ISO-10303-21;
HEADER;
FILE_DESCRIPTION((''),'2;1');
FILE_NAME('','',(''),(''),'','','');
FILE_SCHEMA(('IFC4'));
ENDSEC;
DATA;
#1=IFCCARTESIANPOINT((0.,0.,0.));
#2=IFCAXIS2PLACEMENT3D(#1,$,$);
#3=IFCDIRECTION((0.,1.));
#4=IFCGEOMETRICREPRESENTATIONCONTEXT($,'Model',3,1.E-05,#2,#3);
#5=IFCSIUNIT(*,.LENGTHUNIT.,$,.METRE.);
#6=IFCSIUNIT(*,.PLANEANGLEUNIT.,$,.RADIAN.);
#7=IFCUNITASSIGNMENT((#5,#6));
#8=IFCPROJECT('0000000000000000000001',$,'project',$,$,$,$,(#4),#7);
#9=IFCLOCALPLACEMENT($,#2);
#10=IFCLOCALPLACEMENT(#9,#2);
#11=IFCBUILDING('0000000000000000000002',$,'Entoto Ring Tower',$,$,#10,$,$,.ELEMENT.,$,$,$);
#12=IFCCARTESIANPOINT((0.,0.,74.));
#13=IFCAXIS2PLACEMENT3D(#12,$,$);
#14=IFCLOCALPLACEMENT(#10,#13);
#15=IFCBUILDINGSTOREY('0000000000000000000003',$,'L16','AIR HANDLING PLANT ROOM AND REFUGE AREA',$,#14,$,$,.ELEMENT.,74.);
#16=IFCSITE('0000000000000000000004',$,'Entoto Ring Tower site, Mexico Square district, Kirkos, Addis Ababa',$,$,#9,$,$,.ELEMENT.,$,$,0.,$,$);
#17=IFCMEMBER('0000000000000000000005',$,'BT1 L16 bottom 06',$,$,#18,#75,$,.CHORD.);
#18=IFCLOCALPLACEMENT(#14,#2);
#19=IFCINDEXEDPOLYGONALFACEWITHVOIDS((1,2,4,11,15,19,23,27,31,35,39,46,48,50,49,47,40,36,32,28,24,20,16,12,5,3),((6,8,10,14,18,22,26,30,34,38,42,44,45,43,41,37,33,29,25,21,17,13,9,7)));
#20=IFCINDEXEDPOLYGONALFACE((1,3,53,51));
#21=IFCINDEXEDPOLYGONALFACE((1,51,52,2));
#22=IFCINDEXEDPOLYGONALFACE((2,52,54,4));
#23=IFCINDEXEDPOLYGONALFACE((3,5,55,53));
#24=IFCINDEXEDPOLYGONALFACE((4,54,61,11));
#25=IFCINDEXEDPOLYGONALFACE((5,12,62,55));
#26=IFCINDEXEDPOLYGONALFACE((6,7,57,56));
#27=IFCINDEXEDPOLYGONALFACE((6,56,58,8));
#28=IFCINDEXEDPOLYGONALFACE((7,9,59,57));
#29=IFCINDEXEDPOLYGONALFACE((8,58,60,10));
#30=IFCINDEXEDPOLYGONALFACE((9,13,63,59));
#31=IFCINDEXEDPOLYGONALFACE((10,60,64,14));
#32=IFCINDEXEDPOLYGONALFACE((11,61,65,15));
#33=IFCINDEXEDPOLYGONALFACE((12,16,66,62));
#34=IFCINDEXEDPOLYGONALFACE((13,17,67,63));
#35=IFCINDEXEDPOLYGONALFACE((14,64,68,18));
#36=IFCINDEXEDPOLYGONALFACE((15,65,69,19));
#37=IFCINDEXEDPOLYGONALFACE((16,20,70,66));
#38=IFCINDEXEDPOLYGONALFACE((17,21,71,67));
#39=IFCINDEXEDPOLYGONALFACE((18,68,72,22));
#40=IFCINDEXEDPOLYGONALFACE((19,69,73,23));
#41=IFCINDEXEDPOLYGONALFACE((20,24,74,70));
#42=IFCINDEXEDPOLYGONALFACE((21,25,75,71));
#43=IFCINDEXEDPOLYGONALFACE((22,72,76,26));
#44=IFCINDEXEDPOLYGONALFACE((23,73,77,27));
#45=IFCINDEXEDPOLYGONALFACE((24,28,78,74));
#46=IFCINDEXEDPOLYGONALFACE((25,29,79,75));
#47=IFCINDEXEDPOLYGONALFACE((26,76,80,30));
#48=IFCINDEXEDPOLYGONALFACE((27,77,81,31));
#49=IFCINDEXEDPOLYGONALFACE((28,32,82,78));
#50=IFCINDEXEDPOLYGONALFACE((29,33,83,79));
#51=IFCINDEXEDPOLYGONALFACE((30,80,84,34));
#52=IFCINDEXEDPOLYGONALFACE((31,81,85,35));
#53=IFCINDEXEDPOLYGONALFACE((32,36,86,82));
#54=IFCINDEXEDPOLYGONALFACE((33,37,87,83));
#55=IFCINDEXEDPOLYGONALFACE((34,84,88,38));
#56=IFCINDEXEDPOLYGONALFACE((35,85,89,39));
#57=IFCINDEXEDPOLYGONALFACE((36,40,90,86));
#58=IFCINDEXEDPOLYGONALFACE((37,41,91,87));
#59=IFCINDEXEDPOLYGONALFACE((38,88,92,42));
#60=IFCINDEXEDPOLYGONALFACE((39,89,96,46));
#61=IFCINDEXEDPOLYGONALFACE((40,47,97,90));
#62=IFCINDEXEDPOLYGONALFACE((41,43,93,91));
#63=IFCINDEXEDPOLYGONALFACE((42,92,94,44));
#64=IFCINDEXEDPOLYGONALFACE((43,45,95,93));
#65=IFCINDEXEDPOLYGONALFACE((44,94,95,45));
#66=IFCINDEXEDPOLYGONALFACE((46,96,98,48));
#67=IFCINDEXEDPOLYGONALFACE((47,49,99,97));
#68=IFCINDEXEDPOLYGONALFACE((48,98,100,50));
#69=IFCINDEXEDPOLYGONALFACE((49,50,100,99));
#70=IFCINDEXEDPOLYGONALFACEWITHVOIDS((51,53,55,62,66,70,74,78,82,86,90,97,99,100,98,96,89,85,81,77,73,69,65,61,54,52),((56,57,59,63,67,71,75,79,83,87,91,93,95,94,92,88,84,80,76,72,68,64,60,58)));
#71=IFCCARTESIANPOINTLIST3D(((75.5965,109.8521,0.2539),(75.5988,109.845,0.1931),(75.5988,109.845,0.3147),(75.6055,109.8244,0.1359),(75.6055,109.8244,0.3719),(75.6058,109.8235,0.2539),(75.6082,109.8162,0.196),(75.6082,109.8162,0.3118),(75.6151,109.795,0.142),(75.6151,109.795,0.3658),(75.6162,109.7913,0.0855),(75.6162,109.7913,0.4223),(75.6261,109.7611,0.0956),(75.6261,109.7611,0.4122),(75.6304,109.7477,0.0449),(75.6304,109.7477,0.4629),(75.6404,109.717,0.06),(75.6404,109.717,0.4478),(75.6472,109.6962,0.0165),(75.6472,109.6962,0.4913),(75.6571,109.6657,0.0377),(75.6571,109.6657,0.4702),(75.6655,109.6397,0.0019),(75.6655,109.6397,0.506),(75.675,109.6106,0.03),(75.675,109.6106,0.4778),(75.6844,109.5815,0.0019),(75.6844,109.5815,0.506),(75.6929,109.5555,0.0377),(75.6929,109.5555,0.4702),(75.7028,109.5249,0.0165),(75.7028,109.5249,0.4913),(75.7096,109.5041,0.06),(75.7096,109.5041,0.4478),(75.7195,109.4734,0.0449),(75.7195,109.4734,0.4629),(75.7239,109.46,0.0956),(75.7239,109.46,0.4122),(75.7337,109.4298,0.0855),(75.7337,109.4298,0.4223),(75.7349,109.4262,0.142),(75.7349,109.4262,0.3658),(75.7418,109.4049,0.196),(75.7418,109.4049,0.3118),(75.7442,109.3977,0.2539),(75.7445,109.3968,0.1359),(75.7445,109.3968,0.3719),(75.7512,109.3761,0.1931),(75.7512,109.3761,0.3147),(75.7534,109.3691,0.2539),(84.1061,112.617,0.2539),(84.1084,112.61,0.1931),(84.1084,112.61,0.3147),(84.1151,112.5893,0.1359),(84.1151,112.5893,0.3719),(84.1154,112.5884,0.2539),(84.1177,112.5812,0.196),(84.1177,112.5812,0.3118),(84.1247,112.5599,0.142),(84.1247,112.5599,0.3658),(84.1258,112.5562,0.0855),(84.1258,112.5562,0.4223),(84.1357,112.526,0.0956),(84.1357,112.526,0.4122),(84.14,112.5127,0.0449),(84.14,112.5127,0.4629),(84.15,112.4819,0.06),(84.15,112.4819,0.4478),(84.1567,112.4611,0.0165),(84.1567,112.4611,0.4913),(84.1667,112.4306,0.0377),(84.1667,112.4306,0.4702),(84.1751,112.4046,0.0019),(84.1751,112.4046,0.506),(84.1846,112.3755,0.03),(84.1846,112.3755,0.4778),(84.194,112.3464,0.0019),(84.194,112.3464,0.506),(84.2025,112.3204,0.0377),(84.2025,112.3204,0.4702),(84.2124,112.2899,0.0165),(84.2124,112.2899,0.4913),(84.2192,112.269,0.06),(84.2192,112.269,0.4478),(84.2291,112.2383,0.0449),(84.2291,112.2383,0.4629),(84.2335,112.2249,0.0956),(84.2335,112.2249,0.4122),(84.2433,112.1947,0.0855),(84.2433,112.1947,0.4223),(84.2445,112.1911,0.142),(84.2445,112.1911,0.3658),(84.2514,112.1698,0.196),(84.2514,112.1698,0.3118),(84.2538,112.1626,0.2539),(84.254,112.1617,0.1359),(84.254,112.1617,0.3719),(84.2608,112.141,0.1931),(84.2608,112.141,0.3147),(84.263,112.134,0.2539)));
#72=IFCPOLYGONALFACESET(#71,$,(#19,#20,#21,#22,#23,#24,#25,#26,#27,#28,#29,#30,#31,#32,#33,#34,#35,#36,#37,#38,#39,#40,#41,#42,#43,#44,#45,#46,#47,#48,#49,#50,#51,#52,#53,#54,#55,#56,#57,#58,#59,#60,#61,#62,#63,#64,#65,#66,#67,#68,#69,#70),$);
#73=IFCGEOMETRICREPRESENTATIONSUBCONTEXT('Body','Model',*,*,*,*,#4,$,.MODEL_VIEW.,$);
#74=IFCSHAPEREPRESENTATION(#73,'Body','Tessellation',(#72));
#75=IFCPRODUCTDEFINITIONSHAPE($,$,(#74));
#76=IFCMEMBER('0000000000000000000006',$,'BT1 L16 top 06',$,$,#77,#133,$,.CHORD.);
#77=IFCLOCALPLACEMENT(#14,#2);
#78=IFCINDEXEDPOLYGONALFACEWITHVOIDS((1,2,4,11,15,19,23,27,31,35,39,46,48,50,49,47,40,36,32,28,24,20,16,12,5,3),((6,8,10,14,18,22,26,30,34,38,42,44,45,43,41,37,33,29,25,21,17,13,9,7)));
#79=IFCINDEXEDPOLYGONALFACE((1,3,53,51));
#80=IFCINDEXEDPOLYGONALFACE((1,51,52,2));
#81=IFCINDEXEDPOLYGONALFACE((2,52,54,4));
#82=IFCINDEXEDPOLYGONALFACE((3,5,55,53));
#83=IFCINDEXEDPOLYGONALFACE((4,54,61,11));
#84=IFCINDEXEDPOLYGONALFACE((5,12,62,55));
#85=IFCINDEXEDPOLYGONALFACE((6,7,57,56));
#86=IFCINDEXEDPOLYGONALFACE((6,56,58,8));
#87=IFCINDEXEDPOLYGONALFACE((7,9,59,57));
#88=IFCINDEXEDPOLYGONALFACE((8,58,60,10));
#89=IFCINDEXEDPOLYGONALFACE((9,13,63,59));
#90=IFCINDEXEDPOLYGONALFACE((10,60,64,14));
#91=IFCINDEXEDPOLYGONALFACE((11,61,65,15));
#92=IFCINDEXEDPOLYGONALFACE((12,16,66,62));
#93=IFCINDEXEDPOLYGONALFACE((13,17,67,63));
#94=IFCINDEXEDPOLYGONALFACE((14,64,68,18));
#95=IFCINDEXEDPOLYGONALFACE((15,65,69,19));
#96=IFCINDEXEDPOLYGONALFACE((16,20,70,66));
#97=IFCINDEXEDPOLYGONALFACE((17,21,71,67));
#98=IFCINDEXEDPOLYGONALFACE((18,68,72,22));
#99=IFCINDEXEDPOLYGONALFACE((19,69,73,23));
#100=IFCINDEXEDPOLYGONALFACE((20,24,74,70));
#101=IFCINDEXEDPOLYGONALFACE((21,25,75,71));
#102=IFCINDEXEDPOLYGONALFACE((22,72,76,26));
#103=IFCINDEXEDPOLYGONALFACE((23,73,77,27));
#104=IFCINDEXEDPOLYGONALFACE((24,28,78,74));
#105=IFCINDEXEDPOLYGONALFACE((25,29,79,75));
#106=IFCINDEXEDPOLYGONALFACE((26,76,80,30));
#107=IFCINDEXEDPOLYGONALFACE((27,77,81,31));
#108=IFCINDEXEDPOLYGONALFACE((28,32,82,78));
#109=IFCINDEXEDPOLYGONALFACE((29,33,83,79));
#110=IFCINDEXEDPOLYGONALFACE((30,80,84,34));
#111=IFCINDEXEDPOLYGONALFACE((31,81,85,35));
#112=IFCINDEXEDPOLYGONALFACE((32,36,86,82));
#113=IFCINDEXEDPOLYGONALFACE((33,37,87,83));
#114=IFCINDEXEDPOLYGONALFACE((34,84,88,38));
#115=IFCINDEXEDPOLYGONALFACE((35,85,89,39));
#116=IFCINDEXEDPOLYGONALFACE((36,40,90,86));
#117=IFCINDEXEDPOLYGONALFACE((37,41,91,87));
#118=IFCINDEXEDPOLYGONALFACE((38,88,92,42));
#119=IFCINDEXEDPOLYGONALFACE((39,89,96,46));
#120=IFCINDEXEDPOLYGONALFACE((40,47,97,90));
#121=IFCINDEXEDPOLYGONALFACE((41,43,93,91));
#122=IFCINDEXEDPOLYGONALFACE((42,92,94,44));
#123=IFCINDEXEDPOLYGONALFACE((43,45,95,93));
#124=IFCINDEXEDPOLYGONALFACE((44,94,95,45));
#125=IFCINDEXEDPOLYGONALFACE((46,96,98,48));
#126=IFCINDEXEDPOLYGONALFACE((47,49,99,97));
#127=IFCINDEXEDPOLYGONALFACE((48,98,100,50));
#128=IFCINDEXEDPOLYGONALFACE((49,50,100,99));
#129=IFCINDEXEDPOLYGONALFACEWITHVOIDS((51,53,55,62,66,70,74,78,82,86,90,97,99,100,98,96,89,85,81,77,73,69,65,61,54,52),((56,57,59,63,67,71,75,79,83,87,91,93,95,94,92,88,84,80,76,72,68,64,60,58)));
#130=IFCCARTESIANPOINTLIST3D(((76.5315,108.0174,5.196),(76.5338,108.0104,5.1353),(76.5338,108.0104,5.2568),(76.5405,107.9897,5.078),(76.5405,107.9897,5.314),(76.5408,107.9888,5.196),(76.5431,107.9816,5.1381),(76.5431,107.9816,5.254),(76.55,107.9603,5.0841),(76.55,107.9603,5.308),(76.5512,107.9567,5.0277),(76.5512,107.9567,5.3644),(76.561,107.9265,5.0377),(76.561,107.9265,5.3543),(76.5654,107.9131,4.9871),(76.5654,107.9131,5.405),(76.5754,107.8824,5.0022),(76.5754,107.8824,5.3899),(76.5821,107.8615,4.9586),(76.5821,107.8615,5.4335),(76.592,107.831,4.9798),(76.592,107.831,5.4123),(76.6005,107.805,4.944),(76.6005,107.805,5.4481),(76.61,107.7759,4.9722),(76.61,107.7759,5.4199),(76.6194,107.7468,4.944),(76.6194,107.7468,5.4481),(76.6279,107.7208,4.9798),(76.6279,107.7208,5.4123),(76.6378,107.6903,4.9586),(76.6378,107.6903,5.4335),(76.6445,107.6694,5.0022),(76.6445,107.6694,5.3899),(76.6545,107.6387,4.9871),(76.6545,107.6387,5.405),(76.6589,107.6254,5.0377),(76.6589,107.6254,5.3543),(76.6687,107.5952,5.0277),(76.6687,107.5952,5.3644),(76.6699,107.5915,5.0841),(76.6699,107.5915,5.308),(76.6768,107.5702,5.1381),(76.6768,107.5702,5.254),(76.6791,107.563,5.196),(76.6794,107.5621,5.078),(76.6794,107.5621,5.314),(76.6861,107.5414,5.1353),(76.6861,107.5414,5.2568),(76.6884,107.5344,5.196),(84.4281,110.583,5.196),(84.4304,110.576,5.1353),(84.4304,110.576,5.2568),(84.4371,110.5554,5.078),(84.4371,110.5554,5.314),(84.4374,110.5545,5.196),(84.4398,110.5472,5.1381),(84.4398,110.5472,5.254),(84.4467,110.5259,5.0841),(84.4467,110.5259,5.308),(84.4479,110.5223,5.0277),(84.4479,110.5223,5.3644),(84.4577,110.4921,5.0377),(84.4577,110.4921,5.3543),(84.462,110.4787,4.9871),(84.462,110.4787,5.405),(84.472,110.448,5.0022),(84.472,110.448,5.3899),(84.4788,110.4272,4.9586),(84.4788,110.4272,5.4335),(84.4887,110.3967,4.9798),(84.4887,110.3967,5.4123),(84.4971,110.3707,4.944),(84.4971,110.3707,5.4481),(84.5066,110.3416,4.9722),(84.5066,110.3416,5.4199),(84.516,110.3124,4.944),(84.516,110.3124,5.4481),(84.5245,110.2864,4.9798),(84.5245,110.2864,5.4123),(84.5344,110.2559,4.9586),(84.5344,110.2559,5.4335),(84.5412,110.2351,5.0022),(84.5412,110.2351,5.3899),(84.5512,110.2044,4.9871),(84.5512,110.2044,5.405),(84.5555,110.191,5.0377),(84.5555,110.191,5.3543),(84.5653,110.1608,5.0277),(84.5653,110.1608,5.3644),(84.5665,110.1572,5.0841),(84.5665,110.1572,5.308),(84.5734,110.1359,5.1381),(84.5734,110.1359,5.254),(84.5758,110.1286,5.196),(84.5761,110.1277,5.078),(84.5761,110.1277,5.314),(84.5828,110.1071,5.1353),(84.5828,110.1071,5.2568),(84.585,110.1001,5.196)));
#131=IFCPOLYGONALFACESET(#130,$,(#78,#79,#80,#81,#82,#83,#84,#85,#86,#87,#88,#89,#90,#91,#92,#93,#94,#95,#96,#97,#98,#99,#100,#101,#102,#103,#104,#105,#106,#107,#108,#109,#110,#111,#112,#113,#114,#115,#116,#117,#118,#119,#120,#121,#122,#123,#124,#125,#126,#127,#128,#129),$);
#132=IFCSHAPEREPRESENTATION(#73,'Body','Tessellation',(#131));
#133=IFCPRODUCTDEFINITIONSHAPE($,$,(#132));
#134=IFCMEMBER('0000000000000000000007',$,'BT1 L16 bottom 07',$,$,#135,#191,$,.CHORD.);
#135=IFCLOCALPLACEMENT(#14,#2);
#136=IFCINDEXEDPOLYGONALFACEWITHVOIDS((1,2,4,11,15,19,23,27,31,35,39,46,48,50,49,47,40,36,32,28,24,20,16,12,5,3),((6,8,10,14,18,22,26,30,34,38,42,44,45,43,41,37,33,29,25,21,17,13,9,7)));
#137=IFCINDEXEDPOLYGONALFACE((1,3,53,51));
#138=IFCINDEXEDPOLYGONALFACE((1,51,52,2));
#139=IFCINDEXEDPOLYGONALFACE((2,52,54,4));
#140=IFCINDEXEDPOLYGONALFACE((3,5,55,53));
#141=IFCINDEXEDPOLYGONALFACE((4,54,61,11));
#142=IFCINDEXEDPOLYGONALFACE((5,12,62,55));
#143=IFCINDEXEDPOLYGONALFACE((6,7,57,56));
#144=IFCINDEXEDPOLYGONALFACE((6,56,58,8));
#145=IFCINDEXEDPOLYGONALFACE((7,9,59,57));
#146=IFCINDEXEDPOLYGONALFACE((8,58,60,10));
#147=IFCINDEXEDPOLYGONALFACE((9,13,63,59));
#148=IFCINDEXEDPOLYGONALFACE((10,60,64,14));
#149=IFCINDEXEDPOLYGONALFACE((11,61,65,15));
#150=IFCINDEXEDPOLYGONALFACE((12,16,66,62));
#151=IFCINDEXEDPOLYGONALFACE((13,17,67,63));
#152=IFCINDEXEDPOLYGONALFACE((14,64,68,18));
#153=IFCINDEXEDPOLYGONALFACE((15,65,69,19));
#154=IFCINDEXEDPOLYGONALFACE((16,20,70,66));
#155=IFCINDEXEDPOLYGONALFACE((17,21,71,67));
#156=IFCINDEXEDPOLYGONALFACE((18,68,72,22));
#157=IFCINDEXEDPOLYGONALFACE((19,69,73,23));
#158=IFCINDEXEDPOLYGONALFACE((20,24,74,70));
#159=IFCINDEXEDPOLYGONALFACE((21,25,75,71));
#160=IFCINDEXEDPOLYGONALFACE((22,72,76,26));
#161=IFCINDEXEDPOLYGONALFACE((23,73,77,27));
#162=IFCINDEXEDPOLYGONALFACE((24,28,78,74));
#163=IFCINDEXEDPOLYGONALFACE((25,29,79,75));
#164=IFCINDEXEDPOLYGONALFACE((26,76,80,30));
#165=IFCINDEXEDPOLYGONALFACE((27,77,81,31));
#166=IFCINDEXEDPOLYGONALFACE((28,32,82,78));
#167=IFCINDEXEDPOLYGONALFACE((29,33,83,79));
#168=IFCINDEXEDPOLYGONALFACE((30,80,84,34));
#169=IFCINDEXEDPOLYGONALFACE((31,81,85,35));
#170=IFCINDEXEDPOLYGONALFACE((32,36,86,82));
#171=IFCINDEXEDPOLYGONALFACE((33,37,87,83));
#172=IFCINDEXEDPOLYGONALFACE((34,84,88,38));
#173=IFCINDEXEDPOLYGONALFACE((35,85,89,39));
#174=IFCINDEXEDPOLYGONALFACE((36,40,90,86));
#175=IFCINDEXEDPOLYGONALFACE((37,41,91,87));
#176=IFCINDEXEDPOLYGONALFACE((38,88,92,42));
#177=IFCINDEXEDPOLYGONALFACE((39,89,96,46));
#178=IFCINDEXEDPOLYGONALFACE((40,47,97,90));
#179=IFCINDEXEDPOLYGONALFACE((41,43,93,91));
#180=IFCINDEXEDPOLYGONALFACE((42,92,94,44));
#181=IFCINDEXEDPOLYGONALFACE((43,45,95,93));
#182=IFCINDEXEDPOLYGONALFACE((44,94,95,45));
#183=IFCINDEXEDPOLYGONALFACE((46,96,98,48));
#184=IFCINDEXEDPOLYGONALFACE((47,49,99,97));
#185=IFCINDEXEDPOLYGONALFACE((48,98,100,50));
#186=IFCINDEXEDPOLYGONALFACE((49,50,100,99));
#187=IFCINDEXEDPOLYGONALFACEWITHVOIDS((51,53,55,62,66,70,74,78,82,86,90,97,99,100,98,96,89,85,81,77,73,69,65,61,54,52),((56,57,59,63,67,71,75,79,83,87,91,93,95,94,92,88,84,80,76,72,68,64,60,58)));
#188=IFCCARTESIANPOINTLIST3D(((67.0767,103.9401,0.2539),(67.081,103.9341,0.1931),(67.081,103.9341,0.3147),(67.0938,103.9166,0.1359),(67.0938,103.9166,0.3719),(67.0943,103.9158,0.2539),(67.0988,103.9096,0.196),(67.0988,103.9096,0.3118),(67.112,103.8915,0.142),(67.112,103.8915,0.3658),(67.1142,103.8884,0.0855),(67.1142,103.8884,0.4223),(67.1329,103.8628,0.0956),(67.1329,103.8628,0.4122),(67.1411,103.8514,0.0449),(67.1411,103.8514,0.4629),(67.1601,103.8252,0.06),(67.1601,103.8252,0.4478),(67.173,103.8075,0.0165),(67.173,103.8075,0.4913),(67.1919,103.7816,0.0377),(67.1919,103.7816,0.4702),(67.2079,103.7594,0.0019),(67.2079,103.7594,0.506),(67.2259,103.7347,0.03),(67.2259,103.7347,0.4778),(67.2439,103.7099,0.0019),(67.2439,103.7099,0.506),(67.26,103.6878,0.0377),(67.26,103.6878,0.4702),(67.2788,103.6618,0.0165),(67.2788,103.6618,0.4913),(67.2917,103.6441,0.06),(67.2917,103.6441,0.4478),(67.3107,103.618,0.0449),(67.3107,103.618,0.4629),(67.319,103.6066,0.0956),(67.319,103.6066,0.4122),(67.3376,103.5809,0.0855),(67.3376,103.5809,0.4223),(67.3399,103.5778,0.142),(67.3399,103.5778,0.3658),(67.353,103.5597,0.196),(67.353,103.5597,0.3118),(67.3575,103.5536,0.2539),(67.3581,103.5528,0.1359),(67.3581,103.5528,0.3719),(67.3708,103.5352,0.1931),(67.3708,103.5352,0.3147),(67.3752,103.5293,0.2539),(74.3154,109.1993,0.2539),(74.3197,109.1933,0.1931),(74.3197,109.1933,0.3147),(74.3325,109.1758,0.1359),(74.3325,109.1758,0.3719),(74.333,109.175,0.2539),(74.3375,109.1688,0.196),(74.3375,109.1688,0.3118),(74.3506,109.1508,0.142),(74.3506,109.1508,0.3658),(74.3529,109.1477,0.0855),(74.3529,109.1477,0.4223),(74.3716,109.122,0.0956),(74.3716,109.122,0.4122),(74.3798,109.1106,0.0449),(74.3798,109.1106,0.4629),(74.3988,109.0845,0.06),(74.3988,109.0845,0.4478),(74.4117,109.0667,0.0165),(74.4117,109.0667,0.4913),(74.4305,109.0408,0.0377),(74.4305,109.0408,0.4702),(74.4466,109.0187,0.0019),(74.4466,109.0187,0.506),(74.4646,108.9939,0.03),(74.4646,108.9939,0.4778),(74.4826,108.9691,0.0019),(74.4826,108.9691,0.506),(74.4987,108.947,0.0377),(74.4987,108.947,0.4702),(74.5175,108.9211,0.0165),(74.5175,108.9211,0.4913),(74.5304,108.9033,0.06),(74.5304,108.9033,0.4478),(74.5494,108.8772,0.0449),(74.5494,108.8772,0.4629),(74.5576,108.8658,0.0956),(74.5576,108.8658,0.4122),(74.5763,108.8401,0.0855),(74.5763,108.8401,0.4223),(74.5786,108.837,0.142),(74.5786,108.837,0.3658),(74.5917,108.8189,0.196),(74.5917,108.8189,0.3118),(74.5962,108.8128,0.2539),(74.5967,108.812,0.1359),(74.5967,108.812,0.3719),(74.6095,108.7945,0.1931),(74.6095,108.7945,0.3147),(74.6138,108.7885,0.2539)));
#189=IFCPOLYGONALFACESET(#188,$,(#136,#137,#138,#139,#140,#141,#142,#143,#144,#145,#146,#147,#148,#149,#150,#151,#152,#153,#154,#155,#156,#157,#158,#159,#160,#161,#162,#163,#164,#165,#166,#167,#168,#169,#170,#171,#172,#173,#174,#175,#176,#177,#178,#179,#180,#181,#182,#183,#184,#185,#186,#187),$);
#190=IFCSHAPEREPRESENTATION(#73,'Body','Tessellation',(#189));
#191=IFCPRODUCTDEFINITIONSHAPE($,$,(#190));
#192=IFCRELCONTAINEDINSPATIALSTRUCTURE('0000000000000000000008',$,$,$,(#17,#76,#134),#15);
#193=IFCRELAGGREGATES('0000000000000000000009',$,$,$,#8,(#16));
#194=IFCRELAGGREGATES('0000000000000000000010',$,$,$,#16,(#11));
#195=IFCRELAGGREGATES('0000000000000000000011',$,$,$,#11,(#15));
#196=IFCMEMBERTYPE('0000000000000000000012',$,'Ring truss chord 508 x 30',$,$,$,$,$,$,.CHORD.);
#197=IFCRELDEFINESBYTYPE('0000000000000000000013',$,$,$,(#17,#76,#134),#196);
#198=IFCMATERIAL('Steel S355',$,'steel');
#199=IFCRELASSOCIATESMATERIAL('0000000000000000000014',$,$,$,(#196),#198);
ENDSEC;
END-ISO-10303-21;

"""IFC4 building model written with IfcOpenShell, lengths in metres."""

from ifc_helpers import new_model, si_unit, direction, frame, origin, origin_2d, place, context, subcontext, project, spatial, circle, hollow_circle, extrude, material, material_profile, profile_set, type_object, element, save


model = new_model("IFC4")

# Units and contexts
model_context = context("Model", 3, precision=1e-05, world=origin(), true_north=direction((0.0, 1.0)))
body_context = subcontext(model_context, "Body", "Model", "MODEL_VIEW")
ifc_project = project(units=[si_unit("LENGTHUNIT", "METRE"), si_unit("PLANEANGLEUNIT", "RADIAN")], contexts=[model_context])

# Site, building, storey
site_placement = place(None, origin())
site = spatial("IfcSite", under=ifc_project, at=site_placement, Name="Entoto Ring Tower site, Mexico Square district, Kirkos, Addis Ababa", CompositionType="ELEMENT", RefElevation=0.0)
building_placement = place(site_placement, origin())
building = spatial("IfcBuilding", under=site, at=building_placement, Name="Entoto Ring Tower", CompositionType="ELEMENT")
storey_placement = place(building_placement, frame((0.0, 0.0, 74.0)))
storey = spatial("IfcBuildingStorey", under=building, at=storey_placement, Name="L16", Description="AIR HANDLING PLANT ROOM AND REFUGE AREA", CompositionType="ELEMENT", Elevation=74.0)

# Members
ifc_material_1 = material(Name="Steel S355", Category="steel")
ifc_material_profile_1 = material_profile(ifc_material_1, hollow_circle(Radius=0.2539, WallThickness=0.03, at=origin_2d()), Name="CHS 508 x 30")
ifc_material_2 = material(Name="Concrete C60/75", Category="concrete")
ifc_material_profile_2 = material_profile(ifc_material_2, circle(Radius=0.2241, at=origin_2d()), Name="Concrete C60/75 infill")
ifc_profile_set_1 = profile_set([ifc_material_profile_1, ifc_material_profile_2], Name="Steel S355")
member_type_1 = type_object("IfcMemberType", Name="Ring truss chord 508 x 30", PredefinedType="CHORD", material=ifc_profile_set_1)
member_1_placement = place(storey_placement, frame((84.1846, 112.3755, 0.2539), z_axis=(-0.951057, -0.309015, 0.0), x_axis=(0.309015, -0.951057, 0.0)))
element("IfcMember", 1, at=member_1_placement, inside=storey, type_object=member_type_1, Name="BT1 L16 bottom 06", PredefinedType="CHORD", context=body_context, shape_type="SweptSolid", body=[
    extrude(hollow_circle(Radius=0.2539, WallThickness=0.03, at=origin_2d()), origin(), (0.0, 0.0, 1.0), 8.9475),
])
member_2_placement = place(storey_placement, frame((84.5066, 110.3416, 5.196), z_axis=(-0.951061, -0.309003, 0.0), x_axis=(0.309003, -0.951061, 0.0)))
element("IfcMember", 2, at=member_2_placement, inside=storey, type_object=member_type_1, Name="BT1 L16 top 06", PredefinedType="CHORD", context=body_context, shape_type="SweptSolid", body=[
    extrude(hollow_circle(Radius=0.2539, WallThickness=0.03, at=origin_2d()), origin(), (0.0, 0.0, 1.0), 8.303),
])
member_3_placement = place(storey_placement, frame((74.4646, 108.9939, 0.2539), z_axis=(-0.809017, -0.587786, 0.0), x_axis=(0.587786, -0.809017, 0.0)))
element("IfcMember", 3, at=member_3_placement, inside=storey, type_object=member_type_1, Name="BT1 L16 bottom 07", PredefinedType="CHORD", context=body_context, shape_type="SweptSolid", body=[
    extrude(hollow_circle(Radius=0.2539, WallThickness=0.03, at=origin_2d()), origin(), (0.0, 0.0, 1.0), 8.9475),
])

save(model, "model.ifc")
